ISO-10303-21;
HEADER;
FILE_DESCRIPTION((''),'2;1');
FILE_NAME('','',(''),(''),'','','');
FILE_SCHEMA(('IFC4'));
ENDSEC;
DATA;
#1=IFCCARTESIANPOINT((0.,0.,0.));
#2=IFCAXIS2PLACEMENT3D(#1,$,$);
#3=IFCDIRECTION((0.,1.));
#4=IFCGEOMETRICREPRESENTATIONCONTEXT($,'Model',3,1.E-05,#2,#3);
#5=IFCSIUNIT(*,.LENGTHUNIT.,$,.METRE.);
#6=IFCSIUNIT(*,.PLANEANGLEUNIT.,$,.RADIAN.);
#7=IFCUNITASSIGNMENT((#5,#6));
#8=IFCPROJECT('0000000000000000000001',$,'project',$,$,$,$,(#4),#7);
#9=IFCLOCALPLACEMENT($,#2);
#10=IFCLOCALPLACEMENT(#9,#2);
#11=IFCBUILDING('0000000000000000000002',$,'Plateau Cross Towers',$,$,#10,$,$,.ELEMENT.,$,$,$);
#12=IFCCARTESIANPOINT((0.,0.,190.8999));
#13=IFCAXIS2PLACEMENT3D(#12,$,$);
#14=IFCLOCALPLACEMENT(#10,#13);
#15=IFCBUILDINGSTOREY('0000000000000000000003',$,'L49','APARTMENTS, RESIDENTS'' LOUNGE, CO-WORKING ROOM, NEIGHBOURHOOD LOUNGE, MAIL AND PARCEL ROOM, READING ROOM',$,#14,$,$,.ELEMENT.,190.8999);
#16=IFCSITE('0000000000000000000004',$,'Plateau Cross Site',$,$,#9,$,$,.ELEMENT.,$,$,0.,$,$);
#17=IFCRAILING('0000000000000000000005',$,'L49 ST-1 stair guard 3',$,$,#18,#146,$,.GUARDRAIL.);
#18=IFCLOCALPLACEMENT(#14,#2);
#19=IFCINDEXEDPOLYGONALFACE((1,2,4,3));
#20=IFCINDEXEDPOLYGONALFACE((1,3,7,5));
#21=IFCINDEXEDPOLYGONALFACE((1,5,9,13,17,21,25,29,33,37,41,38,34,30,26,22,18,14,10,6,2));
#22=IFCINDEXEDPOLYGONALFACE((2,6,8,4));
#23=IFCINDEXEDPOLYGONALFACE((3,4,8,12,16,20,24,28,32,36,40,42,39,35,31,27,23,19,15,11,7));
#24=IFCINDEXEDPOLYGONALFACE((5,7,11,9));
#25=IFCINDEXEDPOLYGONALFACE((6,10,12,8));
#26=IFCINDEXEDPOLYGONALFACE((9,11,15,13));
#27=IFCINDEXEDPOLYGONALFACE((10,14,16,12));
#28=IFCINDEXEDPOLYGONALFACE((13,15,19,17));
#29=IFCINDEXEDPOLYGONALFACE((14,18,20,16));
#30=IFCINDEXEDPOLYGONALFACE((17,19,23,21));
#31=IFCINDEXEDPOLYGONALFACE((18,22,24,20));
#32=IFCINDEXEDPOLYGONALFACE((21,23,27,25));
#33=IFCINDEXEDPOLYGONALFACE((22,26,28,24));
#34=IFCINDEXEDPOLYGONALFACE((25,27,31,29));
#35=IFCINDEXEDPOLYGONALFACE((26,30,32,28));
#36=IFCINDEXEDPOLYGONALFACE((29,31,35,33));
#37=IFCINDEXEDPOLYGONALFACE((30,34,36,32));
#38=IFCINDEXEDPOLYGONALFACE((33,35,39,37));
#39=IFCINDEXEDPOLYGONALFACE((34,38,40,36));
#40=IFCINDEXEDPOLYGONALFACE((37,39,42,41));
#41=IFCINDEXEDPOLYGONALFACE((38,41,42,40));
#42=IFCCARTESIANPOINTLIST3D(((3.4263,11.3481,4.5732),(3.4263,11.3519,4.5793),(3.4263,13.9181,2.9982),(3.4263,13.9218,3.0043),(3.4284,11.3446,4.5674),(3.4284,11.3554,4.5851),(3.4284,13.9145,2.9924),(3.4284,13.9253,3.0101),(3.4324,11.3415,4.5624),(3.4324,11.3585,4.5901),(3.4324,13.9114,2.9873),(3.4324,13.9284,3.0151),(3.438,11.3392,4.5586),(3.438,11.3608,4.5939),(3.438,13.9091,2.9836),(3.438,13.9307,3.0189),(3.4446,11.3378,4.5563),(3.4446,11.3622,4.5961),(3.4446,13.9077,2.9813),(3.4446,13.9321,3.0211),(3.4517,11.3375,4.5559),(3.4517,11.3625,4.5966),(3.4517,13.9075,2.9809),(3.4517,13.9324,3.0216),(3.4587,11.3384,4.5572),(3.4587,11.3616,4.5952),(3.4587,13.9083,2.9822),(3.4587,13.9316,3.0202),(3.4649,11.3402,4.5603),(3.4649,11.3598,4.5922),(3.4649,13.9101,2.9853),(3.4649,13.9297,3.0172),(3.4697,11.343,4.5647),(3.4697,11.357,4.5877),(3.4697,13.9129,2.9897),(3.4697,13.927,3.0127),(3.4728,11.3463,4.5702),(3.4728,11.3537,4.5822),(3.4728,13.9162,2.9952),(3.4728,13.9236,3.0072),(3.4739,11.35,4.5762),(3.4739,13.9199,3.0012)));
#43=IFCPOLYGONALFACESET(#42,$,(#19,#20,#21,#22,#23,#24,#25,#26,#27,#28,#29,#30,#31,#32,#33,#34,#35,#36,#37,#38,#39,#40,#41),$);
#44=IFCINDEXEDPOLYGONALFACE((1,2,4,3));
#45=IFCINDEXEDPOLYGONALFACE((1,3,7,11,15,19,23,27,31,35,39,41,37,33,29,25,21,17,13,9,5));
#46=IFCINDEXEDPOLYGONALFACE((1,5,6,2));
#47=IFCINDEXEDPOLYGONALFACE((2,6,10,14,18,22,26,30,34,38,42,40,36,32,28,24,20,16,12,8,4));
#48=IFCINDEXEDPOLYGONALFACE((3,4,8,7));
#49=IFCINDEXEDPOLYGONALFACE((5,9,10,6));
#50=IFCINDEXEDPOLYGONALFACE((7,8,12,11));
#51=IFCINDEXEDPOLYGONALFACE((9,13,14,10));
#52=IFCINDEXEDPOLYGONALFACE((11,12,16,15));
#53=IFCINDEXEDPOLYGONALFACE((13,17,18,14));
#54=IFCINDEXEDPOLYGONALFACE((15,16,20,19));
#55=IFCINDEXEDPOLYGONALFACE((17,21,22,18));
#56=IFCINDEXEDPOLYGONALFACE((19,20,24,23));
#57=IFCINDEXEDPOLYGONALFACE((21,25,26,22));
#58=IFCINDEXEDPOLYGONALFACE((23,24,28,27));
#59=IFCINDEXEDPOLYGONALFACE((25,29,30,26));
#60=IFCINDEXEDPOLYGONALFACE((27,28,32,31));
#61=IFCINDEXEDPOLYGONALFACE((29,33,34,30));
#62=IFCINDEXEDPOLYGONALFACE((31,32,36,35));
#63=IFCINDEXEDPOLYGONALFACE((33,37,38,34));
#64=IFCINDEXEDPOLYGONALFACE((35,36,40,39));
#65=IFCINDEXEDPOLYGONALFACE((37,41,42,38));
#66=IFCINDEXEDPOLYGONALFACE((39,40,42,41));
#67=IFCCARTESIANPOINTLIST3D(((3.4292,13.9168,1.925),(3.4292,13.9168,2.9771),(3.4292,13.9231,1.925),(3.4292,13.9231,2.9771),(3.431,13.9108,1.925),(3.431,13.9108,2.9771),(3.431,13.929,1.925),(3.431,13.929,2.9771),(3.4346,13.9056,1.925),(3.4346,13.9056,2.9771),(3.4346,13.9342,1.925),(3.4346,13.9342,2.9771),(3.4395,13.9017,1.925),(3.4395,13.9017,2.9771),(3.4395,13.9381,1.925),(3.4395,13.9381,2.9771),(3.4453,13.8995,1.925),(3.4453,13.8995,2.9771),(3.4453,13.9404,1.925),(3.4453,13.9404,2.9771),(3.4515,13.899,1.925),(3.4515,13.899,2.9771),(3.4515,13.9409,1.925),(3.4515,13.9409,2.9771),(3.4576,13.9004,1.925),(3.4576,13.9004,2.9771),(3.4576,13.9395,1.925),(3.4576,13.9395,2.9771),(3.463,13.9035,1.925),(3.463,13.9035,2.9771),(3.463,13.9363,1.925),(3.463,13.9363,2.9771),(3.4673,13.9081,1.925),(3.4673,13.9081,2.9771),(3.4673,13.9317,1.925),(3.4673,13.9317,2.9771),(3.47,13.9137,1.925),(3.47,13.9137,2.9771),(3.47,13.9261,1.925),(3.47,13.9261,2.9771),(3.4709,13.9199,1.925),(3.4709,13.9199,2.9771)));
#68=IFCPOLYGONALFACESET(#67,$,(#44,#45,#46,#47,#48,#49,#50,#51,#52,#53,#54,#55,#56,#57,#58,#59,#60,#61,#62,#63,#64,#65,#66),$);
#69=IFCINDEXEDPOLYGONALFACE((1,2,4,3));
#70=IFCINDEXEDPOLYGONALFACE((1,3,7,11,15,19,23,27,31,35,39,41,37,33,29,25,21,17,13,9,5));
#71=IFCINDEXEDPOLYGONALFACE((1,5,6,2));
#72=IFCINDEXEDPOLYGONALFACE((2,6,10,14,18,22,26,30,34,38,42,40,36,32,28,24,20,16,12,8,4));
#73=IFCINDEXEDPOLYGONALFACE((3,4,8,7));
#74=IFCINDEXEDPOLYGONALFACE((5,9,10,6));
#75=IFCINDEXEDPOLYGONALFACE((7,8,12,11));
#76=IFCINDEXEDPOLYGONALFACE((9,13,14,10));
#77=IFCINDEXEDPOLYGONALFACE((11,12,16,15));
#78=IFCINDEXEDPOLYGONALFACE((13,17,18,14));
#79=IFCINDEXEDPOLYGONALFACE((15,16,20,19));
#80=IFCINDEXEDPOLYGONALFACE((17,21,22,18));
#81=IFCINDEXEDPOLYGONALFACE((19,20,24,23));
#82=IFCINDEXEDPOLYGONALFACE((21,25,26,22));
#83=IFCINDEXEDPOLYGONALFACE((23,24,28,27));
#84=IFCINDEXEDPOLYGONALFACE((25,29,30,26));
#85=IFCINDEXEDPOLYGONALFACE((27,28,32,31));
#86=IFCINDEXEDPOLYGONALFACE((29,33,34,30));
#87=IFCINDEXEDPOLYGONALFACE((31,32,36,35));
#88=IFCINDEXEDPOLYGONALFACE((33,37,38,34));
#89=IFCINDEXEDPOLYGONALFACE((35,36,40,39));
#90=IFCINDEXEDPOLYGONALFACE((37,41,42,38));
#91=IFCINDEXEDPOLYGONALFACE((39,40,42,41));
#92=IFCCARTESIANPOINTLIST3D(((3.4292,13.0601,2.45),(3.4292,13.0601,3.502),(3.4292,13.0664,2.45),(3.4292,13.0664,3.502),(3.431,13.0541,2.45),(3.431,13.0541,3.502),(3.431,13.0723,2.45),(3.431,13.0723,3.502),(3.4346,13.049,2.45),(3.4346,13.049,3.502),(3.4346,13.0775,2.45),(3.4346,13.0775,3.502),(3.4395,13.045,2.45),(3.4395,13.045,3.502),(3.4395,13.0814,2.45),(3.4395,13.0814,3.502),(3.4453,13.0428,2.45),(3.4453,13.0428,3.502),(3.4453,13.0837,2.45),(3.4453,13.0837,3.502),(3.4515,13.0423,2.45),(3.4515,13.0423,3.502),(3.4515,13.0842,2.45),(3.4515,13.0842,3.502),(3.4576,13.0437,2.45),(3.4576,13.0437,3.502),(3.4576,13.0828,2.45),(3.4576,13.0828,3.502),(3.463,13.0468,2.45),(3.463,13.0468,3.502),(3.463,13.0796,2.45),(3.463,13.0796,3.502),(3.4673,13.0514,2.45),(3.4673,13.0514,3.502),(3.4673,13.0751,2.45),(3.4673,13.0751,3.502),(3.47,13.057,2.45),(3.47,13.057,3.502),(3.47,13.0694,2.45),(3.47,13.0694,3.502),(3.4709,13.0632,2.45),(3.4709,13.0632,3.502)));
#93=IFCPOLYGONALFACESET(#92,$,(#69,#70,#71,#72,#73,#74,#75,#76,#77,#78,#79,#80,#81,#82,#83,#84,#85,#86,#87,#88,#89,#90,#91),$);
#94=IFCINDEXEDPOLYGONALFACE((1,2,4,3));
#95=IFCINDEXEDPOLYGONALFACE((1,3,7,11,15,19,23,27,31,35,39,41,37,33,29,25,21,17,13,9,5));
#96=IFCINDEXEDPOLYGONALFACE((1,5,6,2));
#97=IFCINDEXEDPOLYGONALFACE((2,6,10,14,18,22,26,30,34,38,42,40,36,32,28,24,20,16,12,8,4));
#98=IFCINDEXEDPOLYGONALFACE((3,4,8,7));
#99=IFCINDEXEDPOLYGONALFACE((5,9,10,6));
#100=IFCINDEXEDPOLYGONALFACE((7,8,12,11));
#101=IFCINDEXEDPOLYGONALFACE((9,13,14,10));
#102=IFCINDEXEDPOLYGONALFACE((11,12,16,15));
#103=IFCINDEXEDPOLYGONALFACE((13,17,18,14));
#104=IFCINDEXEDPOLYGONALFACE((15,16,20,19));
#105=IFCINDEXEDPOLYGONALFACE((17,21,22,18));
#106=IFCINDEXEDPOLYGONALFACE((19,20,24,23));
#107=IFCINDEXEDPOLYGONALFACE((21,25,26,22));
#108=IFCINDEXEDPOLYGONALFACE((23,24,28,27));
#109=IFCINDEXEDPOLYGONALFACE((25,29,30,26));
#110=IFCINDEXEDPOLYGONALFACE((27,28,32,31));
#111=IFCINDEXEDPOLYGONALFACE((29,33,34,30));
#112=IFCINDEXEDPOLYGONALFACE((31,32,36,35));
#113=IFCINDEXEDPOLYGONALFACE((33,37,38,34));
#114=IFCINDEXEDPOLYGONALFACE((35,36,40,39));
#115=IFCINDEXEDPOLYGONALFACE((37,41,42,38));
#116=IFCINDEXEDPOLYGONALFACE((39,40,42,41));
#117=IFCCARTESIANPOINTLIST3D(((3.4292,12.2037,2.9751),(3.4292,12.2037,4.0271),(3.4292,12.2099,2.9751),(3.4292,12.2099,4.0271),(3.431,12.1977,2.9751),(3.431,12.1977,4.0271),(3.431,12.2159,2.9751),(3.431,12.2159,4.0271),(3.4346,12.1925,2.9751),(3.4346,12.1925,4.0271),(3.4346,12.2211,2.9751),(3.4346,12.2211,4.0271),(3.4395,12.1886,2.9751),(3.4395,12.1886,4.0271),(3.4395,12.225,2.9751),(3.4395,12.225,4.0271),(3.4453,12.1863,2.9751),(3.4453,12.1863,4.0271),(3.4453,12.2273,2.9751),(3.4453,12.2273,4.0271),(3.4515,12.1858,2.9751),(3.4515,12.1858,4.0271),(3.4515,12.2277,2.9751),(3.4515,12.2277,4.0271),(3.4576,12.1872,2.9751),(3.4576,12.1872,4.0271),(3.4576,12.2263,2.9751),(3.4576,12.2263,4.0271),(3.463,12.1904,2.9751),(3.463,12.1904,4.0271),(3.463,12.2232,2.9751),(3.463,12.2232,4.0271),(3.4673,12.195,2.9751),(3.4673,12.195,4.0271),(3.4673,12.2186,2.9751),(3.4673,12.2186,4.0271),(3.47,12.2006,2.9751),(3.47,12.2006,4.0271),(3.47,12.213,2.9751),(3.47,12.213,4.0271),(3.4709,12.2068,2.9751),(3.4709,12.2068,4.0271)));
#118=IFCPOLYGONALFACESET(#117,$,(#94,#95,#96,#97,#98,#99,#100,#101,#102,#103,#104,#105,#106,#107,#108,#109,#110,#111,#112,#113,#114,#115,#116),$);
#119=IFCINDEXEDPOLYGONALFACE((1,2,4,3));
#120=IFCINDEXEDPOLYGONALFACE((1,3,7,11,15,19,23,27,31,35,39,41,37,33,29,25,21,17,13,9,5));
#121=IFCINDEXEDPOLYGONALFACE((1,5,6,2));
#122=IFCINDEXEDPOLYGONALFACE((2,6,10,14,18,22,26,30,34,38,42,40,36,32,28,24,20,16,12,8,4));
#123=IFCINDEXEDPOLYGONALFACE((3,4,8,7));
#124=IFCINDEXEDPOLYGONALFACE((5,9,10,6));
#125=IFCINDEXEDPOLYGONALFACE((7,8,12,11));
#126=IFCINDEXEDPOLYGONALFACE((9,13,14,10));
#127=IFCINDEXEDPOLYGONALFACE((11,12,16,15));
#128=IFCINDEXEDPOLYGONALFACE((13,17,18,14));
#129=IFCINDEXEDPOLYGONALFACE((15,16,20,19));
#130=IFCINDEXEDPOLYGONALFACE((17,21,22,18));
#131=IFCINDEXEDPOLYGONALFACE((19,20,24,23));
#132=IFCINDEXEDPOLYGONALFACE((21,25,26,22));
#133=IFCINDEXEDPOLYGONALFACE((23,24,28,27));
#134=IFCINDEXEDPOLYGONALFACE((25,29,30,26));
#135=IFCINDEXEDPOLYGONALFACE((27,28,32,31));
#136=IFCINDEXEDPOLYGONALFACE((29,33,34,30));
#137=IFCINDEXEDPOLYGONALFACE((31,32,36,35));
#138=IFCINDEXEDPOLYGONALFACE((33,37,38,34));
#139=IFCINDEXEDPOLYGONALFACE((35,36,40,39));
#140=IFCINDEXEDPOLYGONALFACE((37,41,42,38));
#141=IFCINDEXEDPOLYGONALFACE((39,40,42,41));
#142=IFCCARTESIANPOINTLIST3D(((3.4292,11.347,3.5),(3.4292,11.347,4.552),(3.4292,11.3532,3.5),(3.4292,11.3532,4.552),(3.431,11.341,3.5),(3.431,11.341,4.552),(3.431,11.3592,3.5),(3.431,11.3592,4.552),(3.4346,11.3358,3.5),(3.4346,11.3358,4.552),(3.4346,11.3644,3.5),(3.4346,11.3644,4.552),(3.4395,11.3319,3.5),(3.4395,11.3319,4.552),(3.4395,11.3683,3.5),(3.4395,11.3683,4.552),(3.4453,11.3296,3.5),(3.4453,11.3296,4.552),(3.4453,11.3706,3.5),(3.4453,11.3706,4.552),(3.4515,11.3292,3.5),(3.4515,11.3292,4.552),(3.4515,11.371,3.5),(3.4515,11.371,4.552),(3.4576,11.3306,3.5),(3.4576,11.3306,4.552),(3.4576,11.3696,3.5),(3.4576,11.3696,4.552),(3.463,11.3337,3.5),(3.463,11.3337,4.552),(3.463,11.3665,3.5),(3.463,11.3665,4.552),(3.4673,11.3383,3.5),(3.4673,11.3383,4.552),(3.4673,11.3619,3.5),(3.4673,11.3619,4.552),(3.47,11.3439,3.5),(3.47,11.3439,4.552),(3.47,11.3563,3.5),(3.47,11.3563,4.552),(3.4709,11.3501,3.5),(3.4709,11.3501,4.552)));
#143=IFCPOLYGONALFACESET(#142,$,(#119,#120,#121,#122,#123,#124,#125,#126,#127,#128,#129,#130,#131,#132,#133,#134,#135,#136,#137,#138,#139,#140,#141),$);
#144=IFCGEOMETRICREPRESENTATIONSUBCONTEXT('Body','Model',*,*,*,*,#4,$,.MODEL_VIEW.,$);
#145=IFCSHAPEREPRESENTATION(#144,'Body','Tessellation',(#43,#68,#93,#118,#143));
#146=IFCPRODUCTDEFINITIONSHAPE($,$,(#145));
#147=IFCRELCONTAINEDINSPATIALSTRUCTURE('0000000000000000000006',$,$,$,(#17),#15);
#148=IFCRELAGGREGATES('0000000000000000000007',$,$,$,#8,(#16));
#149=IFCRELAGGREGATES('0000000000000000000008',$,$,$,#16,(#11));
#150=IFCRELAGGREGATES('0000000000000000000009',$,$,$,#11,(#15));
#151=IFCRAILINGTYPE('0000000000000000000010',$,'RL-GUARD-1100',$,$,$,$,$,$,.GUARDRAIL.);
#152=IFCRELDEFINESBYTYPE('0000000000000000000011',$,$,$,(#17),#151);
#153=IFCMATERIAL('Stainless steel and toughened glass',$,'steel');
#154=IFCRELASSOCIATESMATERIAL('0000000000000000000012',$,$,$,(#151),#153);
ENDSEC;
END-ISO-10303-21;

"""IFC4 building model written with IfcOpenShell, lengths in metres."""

from ifc_helpers import new_model, si_unit, direction, frame, origin, origin_2d, place, context, subcontext, project, spatial, circle, extrude, material, type_object, element, save


model = new_model("IFC4")

# Units and contexts
model_context = context("Model", 3, precision=1e-05, world=origin(), true_north=direction((0.0, 1.0)))
body_context = subcontext(model_context, "Body", "Model", "MODEL_VIEW")
ifc_project = project(units=[si_unit("LENGTHUNIT", "METRE"), si_unit("PLANEANGLEUNIT", "RADIAN")], contexts=[model_context])

# Site, building, storey
site_placement = place(None, origin())
site = spatial("IfcSite", under=ifc_project, at=site_placement, Name="Plateau Cross Site", CompositionType="ELEMENT", RefElevation=0.0)
building_placement = place(site_placement, origin())
building = spatial("IfcBuilding", under=site, at=building_placement, Name="Plateau Cross Towers", CompositionType="ELEMENT")
storey_placement = place(building_placement, frame((0.0, 0.0, 190.8999)))
storey = spatial("IfcBuildingStorey", under=building, at=storey_placement, Name="L49", Description="APARTMENTS, RESIDENTS' LOUNGE, CO-WORKING ROOM, NEIGHBOURHOOD LOUNGE, MAIL AND PARCEL ROOM, READING ROOM", CompositionType="ELEMENT", Elevation=190.8999)

# Railing
ifc_material_1 = material(Name="Stainless steel and toughened glass", Category="steel")
railing_type_1 = type_object("IfcRailingType", Name="RL-GUARD-1100", PredefinedType="GUARDRAIL", material=ifc_material_1)
railing_1_placement = place(storey_placement, frame((3.45, 13.9199, 1.925)))
element("IfcRailing", 1, at=railing_1_placement, inside=storey, type_object=railing_type_1, Name="L49 ST-1 stair guard 3", PredefinedType="GUARDRAIL", context=body_context, shape_type="SweptSolid", body=[
    extrude(circle(Radius=0.0239, at=origin_2d()), frame((0.0, 0.0, 1.0762), z_axis=(0.0, -0.852616, 0.522537), x_axis=(1.0, 0.0, 0.0)), (0.0, 0.0, 1.0), 3.0142),
    extrude(circle(Radius=0.021, at=origin_2d()), origin(), (0.0, 0.0, 1.0), 1.052),
    extrude(circle(Radius=0.021, at=origin_2d()), frame((0.0, -0.8567, 0.5249)), (0.0, 0.0, 1.0), 1.052),
    extrude(circle(Radius=0.021, at=origin_2d()), frame((0.0, -1.7131, 1.05)), (0.0, 0.0, 1.0), 1.052),
    extrude(circle(Radius=0.021, at=origin_2d()), frame((0.0, -2.5698, 1.575)), (0.0, 0.0, 1.0), 1.052),
])

save(model, "model.ifc")
